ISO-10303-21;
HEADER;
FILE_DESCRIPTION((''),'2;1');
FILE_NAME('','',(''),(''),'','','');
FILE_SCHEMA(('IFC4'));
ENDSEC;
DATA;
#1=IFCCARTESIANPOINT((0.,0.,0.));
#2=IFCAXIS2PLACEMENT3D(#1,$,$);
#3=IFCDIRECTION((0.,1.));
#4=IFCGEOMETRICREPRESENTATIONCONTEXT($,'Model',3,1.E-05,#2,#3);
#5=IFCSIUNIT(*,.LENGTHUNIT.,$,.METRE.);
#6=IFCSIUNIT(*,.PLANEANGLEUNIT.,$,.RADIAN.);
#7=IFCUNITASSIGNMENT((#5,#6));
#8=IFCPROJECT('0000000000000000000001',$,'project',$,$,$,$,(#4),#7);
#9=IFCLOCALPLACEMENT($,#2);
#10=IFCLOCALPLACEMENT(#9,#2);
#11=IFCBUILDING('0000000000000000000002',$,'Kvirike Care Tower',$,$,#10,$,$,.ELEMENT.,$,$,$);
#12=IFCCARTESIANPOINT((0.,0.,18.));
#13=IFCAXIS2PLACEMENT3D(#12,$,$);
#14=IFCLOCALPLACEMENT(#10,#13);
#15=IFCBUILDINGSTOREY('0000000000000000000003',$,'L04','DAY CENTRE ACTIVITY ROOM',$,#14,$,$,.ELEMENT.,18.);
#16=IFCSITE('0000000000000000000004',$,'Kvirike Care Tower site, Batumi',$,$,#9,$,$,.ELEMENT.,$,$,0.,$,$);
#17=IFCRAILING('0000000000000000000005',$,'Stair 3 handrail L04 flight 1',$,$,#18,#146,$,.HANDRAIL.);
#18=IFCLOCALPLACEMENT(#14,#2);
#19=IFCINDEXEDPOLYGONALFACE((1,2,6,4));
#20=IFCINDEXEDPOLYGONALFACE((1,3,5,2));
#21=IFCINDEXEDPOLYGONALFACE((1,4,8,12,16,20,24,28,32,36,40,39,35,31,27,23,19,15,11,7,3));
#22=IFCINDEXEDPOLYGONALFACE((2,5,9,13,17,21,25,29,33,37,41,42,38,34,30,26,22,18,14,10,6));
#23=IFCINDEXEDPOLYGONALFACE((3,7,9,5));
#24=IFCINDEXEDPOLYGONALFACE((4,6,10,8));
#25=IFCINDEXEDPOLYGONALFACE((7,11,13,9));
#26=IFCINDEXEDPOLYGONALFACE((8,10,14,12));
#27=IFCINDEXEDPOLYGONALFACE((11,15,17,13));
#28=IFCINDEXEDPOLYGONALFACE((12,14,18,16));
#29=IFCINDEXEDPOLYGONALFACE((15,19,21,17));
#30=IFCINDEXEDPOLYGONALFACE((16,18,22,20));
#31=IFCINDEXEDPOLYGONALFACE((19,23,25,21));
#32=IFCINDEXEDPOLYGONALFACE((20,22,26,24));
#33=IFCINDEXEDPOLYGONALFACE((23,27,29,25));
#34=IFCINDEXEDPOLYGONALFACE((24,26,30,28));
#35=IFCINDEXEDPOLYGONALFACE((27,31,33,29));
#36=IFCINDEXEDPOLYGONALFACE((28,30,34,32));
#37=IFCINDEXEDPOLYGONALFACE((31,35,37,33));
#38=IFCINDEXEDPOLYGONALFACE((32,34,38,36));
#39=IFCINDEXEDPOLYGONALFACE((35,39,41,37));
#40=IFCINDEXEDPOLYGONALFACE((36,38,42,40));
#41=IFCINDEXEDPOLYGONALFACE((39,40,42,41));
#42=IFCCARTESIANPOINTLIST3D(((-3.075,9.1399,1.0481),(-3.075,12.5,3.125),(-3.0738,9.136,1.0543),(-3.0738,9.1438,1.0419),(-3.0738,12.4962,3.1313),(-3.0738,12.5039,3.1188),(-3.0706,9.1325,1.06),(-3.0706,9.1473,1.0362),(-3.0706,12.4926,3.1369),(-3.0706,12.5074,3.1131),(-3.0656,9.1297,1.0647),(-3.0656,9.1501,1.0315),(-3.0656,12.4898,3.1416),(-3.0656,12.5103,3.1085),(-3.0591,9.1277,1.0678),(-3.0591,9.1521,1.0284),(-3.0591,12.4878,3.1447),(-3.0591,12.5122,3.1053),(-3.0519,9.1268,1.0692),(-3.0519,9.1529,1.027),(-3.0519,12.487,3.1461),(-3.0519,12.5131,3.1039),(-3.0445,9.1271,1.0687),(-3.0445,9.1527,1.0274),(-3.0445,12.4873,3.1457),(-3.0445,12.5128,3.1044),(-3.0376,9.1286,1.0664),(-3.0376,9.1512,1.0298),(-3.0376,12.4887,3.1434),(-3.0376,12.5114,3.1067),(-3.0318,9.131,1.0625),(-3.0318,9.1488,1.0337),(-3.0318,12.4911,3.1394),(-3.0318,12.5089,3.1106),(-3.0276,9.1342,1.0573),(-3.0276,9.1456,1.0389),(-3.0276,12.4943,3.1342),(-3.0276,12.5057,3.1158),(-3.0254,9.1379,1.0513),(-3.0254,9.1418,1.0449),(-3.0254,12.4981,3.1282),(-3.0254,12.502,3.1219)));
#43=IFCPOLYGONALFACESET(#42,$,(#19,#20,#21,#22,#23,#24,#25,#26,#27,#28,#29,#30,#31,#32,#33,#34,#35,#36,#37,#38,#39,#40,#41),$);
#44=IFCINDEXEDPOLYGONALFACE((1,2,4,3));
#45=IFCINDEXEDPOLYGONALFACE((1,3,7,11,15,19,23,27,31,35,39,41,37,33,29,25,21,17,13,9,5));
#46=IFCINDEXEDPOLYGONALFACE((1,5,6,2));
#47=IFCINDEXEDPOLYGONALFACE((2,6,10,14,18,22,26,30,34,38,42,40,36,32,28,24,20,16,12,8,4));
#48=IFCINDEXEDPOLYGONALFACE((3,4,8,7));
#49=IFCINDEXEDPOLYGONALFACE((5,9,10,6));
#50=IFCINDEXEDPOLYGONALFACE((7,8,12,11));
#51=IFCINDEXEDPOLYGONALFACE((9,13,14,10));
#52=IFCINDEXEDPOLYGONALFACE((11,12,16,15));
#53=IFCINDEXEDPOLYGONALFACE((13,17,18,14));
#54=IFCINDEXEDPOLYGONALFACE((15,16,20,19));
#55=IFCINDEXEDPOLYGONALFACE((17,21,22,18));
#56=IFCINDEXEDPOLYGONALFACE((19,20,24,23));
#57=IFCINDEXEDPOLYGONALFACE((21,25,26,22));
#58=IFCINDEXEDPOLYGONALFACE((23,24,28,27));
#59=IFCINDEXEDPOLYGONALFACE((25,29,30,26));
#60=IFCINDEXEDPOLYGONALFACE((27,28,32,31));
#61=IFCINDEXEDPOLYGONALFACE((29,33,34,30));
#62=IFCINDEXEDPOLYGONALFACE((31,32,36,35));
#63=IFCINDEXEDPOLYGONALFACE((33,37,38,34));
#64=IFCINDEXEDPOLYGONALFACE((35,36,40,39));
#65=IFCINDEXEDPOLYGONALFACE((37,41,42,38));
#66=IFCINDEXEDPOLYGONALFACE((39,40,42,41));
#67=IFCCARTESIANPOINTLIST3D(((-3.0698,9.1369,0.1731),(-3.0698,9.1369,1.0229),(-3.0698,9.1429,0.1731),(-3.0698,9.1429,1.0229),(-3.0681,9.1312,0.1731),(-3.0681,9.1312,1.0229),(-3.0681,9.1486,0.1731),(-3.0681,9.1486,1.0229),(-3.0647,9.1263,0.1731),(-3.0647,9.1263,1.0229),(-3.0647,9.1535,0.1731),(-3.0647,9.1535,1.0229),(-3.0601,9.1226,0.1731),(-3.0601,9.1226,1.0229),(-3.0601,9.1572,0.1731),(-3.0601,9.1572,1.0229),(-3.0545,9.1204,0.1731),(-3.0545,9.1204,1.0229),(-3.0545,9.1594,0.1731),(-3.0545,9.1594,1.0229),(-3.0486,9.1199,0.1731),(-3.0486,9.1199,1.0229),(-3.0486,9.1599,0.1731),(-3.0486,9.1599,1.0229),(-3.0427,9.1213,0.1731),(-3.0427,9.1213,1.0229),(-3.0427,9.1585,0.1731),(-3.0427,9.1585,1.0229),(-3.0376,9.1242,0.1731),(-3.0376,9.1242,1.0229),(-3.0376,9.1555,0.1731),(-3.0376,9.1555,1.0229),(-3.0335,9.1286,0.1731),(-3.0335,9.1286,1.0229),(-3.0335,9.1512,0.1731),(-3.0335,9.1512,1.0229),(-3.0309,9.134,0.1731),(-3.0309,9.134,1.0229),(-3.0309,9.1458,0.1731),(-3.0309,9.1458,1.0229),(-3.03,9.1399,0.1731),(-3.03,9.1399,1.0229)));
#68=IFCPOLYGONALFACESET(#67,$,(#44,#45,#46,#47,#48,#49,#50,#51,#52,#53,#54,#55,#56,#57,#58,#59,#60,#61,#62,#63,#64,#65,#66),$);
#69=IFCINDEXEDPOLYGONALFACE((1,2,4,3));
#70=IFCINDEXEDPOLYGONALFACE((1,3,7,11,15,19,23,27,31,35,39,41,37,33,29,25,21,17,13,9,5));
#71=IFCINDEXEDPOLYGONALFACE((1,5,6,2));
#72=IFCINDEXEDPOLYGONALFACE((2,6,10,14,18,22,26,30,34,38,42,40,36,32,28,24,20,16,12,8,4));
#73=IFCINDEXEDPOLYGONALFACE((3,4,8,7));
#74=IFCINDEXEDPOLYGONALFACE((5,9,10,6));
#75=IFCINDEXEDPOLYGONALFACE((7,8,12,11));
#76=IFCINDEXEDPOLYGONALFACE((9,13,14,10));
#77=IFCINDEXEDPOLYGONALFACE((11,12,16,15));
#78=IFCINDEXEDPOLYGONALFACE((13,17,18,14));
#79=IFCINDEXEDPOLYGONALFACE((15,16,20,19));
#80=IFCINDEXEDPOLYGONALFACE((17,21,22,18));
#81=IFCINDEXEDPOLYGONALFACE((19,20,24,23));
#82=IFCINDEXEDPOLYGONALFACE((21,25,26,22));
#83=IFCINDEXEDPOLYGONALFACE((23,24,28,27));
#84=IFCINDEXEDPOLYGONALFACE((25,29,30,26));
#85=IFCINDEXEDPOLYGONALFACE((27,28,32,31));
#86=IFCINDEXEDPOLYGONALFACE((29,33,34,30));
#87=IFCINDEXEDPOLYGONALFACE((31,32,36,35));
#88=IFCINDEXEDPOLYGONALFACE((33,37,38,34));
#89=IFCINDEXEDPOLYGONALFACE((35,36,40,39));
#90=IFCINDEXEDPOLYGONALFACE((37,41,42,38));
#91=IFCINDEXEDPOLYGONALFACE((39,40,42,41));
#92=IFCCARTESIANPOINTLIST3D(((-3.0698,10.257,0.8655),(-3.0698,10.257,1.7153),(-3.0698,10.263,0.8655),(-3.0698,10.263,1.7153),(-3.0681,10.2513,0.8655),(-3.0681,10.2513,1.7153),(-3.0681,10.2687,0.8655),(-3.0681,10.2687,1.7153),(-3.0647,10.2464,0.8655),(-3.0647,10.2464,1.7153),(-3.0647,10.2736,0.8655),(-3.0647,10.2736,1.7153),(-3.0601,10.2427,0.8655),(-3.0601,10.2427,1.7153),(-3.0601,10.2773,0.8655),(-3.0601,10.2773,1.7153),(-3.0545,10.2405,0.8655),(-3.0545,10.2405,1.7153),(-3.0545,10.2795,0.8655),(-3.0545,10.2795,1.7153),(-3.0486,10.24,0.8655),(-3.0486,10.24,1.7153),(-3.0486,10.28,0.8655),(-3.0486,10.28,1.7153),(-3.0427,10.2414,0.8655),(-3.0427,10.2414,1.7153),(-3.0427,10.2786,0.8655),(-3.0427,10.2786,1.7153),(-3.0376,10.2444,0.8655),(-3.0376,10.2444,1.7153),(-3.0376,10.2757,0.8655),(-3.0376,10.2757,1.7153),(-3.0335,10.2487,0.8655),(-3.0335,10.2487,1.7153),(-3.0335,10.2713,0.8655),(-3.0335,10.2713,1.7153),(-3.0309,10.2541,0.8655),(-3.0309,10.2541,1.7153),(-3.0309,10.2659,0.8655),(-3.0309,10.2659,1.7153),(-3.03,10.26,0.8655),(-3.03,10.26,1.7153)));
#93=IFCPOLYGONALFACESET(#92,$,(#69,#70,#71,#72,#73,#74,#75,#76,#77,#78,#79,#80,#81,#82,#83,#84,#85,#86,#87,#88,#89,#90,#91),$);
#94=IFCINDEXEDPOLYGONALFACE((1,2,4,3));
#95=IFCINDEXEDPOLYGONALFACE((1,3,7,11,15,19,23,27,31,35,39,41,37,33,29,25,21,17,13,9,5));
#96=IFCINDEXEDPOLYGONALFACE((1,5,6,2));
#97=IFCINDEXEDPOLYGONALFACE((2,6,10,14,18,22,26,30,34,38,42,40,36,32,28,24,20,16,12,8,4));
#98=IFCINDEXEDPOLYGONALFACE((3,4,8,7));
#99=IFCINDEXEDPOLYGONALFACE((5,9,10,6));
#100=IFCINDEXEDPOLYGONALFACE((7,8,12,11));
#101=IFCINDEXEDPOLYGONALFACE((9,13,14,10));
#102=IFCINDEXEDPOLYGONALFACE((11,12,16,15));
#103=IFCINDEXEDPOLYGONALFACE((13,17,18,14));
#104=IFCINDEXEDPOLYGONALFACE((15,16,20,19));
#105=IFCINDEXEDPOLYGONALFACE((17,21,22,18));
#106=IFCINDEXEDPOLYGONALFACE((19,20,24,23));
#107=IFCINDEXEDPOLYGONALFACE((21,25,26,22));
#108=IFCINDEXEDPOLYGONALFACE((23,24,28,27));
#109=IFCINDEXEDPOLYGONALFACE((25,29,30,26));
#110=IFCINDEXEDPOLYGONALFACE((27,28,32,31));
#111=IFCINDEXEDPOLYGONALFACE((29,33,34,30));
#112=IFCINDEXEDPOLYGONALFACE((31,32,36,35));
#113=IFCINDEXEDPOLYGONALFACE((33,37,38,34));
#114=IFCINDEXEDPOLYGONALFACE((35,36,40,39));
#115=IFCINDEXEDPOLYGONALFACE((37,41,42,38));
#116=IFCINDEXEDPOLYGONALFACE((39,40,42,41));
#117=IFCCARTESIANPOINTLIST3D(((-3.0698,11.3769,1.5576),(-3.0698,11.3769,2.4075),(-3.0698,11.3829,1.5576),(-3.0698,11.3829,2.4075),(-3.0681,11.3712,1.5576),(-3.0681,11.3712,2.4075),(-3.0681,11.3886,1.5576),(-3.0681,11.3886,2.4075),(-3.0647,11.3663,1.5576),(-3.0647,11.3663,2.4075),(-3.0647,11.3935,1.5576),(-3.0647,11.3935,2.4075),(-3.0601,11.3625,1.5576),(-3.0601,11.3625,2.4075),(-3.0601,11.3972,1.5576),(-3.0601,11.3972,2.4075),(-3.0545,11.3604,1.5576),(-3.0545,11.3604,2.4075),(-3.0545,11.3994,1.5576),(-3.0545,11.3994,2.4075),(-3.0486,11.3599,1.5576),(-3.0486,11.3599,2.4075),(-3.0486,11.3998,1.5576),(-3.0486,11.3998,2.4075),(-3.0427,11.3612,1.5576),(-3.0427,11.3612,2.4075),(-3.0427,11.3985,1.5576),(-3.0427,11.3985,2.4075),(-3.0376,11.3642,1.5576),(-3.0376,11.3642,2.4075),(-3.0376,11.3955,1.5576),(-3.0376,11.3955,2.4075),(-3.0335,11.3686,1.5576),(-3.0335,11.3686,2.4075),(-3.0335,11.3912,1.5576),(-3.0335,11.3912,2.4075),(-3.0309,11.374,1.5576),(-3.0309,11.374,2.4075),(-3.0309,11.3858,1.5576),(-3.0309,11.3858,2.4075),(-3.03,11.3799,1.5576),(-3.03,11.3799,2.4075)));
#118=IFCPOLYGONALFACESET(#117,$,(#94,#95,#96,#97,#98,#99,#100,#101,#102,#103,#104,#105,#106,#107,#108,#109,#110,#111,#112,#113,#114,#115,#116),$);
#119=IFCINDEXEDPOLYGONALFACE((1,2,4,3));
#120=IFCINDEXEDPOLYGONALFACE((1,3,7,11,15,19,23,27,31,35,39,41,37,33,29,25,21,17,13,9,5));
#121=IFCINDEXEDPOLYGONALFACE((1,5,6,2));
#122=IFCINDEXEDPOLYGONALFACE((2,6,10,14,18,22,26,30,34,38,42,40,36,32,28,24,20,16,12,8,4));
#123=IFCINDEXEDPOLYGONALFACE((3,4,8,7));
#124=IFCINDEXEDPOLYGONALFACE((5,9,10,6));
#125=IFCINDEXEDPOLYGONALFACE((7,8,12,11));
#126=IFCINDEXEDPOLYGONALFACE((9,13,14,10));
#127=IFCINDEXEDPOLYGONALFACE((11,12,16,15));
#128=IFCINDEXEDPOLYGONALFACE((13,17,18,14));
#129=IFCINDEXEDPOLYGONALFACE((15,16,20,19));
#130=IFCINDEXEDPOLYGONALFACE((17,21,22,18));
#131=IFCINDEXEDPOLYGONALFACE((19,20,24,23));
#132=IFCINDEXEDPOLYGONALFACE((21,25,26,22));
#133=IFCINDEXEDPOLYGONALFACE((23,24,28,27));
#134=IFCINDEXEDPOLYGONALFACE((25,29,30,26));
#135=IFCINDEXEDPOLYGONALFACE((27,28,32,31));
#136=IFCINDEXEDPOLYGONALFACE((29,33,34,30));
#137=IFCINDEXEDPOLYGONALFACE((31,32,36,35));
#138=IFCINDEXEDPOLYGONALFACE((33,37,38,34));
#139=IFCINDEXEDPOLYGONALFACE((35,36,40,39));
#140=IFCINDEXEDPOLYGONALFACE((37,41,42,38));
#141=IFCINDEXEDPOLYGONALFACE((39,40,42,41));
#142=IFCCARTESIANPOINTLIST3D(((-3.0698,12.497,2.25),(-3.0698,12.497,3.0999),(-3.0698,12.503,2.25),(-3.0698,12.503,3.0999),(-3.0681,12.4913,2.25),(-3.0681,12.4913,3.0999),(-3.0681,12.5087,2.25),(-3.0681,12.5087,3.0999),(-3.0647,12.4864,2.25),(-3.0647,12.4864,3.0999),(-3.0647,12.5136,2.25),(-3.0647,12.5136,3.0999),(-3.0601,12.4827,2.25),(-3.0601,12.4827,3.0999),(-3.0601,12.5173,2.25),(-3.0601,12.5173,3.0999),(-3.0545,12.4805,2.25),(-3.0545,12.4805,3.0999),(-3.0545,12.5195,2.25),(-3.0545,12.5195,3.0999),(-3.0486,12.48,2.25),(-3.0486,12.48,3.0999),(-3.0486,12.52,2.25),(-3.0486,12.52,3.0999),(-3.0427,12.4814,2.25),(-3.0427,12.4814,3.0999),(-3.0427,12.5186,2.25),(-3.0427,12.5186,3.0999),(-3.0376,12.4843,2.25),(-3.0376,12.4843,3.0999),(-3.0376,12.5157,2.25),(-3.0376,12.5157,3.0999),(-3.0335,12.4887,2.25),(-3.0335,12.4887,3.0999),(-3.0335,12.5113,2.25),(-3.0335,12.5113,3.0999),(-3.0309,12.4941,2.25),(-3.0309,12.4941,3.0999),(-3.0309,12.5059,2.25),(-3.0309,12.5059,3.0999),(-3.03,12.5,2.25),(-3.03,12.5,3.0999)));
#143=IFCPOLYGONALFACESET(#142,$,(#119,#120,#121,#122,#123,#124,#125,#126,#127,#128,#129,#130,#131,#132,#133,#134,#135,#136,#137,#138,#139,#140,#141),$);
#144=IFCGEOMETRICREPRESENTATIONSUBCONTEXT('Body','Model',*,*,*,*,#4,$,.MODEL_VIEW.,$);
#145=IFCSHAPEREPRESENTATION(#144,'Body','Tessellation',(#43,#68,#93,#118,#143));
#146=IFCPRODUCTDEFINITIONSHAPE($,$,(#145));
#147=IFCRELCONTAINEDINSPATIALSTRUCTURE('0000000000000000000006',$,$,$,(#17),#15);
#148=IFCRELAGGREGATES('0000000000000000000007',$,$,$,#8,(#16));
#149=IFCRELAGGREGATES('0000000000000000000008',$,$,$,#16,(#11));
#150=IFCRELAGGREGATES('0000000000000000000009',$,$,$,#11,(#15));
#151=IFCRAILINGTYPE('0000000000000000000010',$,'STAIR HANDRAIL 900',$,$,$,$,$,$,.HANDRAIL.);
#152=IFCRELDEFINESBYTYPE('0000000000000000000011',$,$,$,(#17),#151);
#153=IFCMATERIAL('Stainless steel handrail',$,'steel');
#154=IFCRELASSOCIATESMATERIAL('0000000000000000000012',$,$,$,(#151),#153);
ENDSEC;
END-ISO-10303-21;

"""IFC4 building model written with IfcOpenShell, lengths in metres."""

from ifc_helpers import new_model, si_unit, direction, frame, origin, origin_2d, place, context, subcontext, project, spatial, circle, extrude, material, type_object, element, save


model = new_model("IFC4")

# Units and contexts
model_context = context("Model", 3, precision=1e-05, world=origin(), true_north=direction((0.0, 1.0)))
body_context = subcontext(model_context, "Body", "Model", "MODEL_VIEW")
ifc_project = project(units=[si_unit("LENGTHUNIT", "METRE"), si_unit("PLANEANGLEUNIT", "RADIAN")], contexts=[model_context])

# Site, building, storey
site_placement = place(None, origin())
site = spatial("IfcSite", under=ifc_project, at=site_placement, Name="Kvirike Care Tower site, Batumi", CompositionType="ELEMENT", RefElevation=0.0)
building_placement = place(site_placement, origin())
building = spatial("IfcBuilding", under=site, at=building_placement, Name="Kvirike Care Tower", CompositionType="ELEMENT")
storey_placement = place(building_placement, frame((0.0, 0.0, 18.0)))
storey = spatial("IfcBuildingStorey", under=building, at=storey_placement, Name="L04", Description="DAY CENTRE ACTIVITY ROOM", CompositionType="ELEMENT", Elevation=18.0)

# Railing
ifc_material_1 = material(Name="Stainless steel handrail", Category="steel")
railing_type = type_object("IfcRailingType", Name="STAIR HANDRAIL 900", PredefinedType="HANDRAIL", material=ifc_material_1)
railing_placement = place(storey_placement, frame((-3.05, 9.1399, 0.1731)))
element("IfcRailing", 1, at=railing_placement, inside=storey, type_object=railing_type, Name="Stair 3 handrail L04 flight 1", PredefinedType="HANDRAIL", context=body_context, shape_type="SweptSolid", body=[
    extrude(circle(Radius=0.0249, at=origin_2d()), frame((0.0, 0.0, 0.875), z_axis=(0.0, 0.850623, 0.525776), x_axis=(-1.0, 0.0, 0.0)), (0.0, 0.0, 1.0), 3.9502),
    extrude(circle(Radius=0.02, at=origin_2d()), origin(), (0.0, 0.0, 1.0), 0.8499),
    extrude(circle(Radius=0.02, at=origin_2d()), frame((0.0, 1.1201, 0.6924)), (0.0, 0.0, 1.0), 0.8499),
    extrude(circle(Radius=0.02, at=origin_2d()), frame((0.0, 2.24, 1.3845)), (0.0, 0.0, 1.0), 0.8499),
    extrude(circle(Radius=0.02, at=origin_2d()), frame((0.0, 3.3601, 2.0769)), (0.0, 0.0, 1.0), 0.8499),
])

save(model, "model.ifc")
